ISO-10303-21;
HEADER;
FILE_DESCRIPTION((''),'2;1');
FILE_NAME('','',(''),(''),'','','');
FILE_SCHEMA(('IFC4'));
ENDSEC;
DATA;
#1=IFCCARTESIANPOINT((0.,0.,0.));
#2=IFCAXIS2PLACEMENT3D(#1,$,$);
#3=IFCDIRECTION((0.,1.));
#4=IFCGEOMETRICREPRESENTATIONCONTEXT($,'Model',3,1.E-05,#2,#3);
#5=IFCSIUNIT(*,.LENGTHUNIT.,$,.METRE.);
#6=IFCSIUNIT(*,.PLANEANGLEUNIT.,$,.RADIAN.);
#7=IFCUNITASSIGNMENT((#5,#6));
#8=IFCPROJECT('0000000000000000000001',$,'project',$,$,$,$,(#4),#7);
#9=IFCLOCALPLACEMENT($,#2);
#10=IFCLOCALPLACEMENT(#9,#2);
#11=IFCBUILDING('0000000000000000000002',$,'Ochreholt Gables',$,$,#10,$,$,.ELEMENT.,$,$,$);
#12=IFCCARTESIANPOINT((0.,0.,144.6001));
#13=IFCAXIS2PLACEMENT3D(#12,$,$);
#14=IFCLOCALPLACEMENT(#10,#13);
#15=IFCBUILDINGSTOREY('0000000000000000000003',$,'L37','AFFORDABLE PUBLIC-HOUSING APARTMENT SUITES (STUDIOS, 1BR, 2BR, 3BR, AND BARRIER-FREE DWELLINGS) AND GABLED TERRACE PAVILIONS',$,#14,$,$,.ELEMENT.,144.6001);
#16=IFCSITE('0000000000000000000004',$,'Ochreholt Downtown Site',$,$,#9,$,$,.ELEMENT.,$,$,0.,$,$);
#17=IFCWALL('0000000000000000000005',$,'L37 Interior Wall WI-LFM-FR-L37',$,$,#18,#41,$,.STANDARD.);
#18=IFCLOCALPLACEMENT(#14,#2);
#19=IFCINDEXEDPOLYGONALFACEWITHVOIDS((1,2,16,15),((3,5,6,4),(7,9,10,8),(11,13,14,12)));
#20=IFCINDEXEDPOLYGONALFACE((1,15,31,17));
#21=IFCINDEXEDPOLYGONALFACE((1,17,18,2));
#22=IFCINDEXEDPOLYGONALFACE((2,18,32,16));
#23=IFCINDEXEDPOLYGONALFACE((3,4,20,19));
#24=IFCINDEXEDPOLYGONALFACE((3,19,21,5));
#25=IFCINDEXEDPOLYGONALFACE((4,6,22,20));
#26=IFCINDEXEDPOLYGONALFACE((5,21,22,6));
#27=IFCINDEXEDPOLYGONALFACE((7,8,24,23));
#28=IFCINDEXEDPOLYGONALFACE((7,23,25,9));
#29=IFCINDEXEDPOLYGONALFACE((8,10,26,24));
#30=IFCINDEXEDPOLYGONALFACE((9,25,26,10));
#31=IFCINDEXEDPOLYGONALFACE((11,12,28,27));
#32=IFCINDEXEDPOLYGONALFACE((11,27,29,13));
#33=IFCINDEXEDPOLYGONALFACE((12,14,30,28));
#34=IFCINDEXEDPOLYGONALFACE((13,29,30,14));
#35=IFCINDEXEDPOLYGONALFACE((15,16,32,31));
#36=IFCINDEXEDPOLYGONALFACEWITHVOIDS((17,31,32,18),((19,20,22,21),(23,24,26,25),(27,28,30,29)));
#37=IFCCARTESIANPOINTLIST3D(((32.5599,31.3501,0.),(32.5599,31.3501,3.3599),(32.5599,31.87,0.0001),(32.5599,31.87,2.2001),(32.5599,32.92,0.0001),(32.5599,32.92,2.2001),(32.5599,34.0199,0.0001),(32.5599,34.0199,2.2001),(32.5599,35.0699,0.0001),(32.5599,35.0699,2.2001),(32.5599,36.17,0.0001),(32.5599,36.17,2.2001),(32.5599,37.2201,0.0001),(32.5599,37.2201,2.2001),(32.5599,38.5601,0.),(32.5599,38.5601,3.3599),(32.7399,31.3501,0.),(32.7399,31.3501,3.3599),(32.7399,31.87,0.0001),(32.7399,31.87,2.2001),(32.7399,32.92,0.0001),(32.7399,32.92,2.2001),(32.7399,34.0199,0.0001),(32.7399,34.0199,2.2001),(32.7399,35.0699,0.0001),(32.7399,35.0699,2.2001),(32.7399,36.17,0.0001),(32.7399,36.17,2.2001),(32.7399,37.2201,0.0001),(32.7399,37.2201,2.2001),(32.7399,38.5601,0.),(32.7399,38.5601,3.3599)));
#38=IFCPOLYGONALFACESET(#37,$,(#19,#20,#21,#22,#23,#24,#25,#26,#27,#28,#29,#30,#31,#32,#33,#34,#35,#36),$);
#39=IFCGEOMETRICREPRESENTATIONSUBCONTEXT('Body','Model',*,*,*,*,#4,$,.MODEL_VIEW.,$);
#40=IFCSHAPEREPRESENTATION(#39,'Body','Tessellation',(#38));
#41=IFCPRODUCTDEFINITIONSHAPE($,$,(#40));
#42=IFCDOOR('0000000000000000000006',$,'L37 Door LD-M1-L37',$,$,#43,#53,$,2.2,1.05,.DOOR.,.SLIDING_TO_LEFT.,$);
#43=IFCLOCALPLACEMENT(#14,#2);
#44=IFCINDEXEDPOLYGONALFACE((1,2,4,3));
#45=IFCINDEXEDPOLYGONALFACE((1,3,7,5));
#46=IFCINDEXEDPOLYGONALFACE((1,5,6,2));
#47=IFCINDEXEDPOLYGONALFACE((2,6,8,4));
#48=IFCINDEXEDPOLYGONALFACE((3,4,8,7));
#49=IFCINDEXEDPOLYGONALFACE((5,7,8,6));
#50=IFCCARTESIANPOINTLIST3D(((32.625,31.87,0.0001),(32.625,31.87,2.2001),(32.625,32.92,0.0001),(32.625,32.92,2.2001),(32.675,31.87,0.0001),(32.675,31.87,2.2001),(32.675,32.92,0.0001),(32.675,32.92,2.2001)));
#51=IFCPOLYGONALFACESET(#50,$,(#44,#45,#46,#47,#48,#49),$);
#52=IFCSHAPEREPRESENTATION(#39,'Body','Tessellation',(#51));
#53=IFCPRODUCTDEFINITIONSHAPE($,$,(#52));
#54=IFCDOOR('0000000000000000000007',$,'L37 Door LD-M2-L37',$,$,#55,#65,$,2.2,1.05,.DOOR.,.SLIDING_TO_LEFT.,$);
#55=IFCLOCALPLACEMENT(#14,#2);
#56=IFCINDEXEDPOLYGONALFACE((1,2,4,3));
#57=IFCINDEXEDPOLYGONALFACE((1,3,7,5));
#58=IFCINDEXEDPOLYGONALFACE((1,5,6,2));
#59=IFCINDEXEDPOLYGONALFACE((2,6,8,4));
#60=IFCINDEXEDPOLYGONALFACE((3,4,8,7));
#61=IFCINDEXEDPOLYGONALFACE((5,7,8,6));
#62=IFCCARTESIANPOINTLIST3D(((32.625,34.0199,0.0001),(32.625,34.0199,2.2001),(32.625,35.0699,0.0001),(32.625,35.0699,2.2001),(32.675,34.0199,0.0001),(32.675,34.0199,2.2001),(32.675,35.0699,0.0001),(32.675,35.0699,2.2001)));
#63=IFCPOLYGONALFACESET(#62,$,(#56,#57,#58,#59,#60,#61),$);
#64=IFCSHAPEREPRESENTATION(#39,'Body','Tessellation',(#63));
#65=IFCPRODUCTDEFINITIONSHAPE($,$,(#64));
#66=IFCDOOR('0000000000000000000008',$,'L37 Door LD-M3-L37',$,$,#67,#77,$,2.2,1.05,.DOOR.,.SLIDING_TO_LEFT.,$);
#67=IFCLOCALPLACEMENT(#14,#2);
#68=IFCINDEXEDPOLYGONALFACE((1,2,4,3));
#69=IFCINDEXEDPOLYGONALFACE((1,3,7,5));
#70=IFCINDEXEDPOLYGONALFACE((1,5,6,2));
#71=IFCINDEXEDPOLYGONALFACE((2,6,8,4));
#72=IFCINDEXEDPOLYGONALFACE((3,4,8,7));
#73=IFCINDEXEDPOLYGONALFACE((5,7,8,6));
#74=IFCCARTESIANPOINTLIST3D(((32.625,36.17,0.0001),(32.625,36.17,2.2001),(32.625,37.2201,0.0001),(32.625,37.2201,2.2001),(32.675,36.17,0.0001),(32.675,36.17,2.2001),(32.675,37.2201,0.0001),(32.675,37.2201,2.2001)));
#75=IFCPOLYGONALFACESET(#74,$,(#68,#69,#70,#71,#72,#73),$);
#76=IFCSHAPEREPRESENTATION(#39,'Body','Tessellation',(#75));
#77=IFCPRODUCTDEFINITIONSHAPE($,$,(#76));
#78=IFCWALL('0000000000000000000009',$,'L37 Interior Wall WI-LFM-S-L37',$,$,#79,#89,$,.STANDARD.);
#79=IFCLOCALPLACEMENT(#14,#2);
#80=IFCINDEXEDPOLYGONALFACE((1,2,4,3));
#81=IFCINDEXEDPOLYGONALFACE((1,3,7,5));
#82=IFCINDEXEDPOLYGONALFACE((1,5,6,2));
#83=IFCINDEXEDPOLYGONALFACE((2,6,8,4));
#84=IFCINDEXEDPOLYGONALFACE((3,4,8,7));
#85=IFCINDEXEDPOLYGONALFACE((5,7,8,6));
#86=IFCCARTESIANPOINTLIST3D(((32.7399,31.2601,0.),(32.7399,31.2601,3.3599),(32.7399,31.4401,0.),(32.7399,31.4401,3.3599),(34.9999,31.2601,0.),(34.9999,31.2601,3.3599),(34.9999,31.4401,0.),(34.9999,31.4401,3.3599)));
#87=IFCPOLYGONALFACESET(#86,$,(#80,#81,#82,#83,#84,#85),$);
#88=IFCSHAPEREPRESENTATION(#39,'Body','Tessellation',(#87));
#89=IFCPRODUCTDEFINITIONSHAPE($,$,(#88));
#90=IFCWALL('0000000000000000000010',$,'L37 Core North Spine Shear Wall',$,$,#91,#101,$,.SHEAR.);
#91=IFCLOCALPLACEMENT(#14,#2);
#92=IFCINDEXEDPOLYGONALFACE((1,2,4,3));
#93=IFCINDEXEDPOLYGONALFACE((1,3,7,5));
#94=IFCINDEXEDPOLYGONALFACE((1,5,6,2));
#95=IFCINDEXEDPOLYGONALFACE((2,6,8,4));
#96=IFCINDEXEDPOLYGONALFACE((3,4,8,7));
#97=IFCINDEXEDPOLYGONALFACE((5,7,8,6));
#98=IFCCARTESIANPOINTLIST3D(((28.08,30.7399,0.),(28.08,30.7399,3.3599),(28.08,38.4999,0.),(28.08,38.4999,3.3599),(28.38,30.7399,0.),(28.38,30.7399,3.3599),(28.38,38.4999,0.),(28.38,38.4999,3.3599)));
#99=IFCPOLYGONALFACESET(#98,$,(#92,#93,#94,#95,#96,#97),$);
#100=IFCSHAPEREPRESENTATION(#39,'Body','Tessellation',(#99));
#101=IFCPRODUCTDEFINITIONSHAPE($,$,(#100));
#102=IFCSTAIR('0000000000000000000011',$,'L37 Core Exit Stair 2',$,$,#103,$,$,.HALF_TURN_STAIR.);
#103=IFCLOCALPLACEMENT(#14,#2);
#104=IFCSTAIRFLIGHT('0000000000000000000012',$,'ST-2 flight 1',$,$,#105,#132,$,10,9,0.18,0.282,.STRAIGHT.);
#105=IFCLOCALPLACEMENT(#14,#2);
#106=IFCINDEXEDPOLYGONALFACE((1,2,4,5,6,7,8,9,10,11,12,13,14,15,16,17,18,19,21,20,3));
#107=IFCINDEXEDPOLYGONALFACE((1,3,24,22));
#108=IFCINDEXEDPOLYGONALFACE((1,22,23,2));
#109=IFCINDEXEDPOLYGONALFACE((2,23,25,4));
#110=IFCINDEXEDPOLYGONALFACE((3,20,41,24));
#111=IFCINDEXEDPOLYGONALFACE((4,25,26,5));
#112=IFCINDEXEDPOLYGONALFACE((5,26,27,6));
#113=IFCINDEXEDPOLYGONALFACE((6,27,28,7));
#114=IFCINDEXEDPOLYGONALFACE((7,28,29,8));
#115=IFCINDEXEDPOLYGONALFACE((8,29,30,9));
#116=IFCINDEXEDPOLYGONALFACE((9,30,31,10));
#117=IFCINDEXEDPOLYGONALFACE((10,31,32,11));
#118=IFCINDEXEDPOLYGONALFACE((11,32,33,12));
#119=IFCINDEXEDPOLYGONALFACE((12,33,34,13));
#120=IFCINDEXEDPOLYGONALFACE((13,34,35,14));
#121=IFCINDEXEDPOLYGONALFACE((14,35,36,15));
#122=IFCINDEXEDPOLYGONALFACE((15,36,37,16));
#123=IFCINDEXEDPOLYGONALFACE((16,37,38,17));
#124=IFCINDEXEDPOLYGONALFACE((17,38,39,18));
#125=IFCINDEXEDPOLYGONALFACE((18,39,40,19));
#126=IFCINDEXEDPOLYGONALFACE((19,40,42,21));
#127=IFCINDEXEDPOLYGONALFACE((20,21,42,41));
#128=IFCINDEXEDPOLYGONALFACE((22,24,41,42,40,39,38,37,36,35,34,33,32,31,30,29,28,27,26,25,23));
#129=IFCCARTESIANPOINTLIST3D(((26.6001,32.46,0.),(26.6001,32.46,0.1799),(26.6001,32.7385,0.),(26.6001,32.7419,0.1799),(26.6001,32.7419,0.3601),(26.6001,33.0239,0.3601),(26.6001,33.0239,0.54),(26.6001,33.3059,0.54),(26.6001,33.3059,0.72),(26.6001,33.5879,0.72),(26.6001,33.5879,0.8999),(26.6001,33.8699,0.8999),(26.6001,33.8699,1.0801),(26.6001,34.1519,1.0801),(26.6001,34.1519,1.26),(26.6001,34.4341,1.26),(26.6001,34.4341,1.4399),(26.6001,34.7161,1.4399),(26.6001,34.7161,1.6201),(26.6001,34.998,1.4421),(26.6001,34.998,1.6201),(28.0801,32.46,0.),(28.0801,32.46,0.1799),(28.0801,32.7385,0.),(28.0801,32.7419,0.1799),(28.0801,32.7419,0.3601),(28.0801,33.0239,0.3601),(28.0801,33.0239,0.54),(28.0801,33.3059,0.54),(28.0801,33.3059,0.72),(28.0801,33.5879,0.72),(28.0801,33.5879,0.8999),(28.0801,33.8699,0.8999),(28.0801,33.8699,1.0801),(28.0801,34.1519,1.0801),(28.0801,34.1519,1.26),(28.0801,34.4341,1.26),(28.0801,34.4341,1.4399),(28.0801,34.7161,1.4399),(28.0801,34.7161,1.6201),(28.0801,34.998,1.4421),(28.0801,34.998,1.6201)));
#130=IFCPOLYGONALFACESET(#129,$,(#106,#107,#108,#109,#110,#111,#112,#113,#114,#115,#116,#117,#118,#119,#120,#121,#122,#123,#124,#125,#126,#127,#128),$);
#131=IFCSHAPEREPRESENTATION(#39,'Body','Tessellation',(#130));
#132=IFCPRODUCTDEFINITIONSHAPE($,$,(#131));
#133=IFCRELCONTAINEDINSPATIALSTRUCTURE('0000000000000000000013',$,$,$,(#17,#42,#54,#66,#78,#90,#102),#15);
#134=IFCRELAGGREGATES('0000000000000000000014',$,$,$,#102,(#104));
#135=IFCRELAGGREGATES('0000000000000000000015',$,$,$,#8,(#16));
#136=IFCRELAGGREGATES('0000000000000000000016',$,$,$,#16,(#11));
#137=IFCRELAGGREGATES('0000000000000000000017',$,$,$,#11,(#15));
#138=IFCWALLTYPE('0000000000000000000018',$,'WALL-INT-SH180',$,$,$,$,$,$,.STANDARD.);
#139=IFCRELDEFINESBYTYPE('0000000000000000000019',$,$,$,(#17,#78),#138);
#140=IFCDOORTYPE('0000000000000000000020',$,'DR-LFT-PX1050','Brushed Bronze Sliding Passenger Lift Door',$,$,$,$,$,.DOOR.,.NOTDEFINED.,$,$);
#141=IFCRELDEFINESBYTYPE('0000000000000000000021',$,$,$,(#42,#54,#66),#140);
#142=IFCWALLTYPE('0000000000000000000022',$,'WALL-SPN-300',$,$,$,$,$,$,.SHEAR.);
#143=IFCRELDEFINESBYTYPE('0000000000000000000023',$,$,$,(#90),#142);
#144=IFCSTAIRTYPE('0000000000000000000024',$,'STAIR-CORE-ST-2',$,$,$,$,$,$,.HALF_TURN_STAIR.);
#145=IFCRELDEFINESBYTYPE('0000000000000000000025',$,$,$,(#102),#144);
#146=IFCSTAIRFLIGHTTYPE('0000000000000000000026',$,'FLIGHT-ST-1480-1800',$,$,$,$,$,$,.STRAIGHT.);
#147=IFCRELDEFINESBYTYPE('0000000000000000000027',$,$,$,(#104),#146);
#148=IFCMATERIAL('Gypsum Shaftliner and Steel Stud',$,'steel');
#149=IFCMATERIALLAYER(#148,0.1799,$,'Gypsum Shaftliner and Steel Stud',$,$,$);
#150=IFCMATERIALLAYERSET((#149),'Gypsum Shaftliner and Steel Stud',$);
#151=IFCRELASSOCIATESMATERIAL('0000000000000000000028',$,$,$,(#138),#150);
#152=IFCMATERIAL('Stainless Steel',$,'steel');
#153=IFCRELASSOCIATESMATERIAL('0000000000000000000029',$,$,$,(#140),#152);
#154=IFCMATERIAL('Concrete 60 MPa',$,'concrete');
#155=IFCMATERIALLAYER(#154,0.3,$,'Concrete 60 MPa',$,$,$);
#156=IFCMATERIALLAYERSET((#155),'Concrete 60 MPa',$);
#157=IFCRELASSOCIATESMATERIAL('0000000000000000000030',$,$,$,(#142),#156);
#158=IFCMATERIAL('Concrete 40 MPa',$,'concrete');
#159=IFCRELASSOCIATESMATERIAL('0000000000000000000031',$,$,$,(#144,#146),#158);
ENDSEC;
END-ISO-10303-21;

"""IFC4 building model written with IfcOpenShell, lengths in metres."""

from ifc_helpers import new_model, si_unit, direction, frame, frame_2d, origin, place, context, subcontext, project, spatial, polyline, rectangle, outline, extrude, material, layer, layer_set, type_object, element, fill, aggregate, save


model = new_model("IFC4")

# Units and contexts
model_context = context("Model", 3, precision=1e-05, world=origin(), true_north=direction((0.0, 1.0)))
body_context = subcontext(model_context, "Body", "Model", "MODEL_VIEW")
ifc_project = project(units=[si_unit("LENGTHUNIT", "METRE"), si_unit("PLANEANGLEUNIT", "RADIAN")], contexts=[model_context])

# Site, building, storey
site_placement = place(None, origin())
site = spatial("IfcSite", under=ifc_project, at=site_placement, Name="Ochreholt Downtown Site", CompositionType="ELEMENT", RefElevation=0.0)
building_placement = place(site_placement, origin())
building = spatial("IfcBuilding", under=site, at=building_placement, Name="Ochreholt Gables", CompositionType="ELEMENT")
storey_placement = place(building_placement, frame((0.0, 0.0, 144.6001)))
storey = spatial("IfcBuildingStorey", under=building, at=storey_placement, Name="L37", Description="AFFORDABLE PUBLIC-HOUSING APARTMENT SUITES (STUDIOS, 1BR, 2BR, 3BR, AND BARRIER-FREE DWELLINGS) AND GABLED TERRACE PAVILIONS", CompositionType="ELEMENT", Elevation=144.6001)

# Shared definitions
ifc_material_1 = material(Name="Concrete 40 MPa", Category="concrete")

# Shared definitions
ifc_material_2 = material(Name="Gypsum Shaftliner and Steel Stud", Category="steel")
ifc_layer_1 = layer(ifc_material_2, 0.1799, Name="Gypsum Shaftliner and Steel Stud")
ifc_layer_set_1 = layer_set([ifc_layer_1], Name="Gypsum Shaftliner and Steel Stud")
wall_type_1 = type_object("IfcWallType", Name="WALL-INT-SH180", PredefinedType="STANDARD", material=ifc_layer_set_1)

# Wall, openings, doors
wall_1_placement = place(storey_placement, frame((32.6499, 31.3501, 0.0), z_axis=(0.0, 0.0, 1.0), x_axis=(0.0, 1.0, 0.0)))
wall_1 = element("IfcWall", 1, at=wall_1_placement, inside=storey, type_object=wall_type_1, Name="L37 Interior Wall WI-LFM-FR-L37", PredefinedType="STANDARD", context=body_context, shape_type="SweptSolid", body=[
    extrude(rectangle(XDim=7.21, YDim=0.1799, at=frame_2d((3.605, 0.0))), origin(), (0.0, 0.0, 1.0), 3.3599),
])
opening_1_placement = place(wall_1_placement, frame((0.52, 0.0, 0.0)))
opening_1 = element("IfcOpeningElement", 2, at=opening_1_placement, cuts=wall_1, PredefinedType="OPENING", context=body_context, shape_type="SweptSolid", body=[
    extrude(rectangle(XDim=1.05, YDim=2.2, at=frame_2d((0.5249, 1.1001))), frame((0.0, 0.0999, 0.0), z_axis=(0.0, -1.0, 0.0), x_axis=(1.0, 0.0, 0.0)), (0.0, 0.0, 1.0), 0.2),
])
opening_2_placement = place(wall_1_placement, frame((2.6699, 0.0, 0.0)))
opening_2 = element("IfcOpeningElement", 3, at=opening_2_placement, cuts=wall_1, PredefinedType="OPENING", context=body_context, shape_type="SweptSolid", body=[
    extrude(rectangle(XDim=1.05, YDim=2.2, at=frame_2d((0.5249, 1.1001))), frame((0.0, 0.0999, 0.0), z_axis=(0.0, -1.0, 0.0), x_axis=(1.0, 0.0, 0.0)), (0.0, 0.0, 1.0), 0.2),
])
opening_3_placement = place(wall_1_placement, frame((4.8201, 0.0, 0.0)))
opening_3 = element("IfcOpeningElement", 4, at=opening_3_placement, cuts=wall_1, PredefinedType="OPENING", context=body_context, shape_type="SweptSolid", body=[
    extrude(rectangle(XDim=1.05, YDim=2.2, at=frame_2d((0.5249, 1.1001))), frame((0.0, 0.0999, 0.0), z_axis=(0.0, -1.0, 0.0), x_axis=(1.0, 0.0, 0.0)), (0.0, 0.0, 1.0), 0.2),
])
ifc_material_3 = material(Name="Stainless Steel", Category="steel")
door_type_1 = type_object("IfcDoorType", Name="DR-LFT-PX1050", Description="Brushed Bronze Sliding Passenger Lift Door", OperationType="NOTDEFINED", PredefinedType="DOOR", material=ifc_material_3)
door_1_placement = place(opening_1_placement, origin())
door_1 = element("IfcDoor", 5, at=door_1_placement, inside=storey, type_object=door_type_1, Name="L37 Door LD-M1-L37", OperationType="SLIDING_TO_LEFT", OverallHeight=2.2, OverallWidth=1.05, PredefinedType="DOOR", context=body_context, shape_type="SweptSolid", body=[
    extrude(rectangle(XDim=1.05, YDim=2.2, at=frame_2d((0.5249, 1.1001))), frame((0.0, 0.0249, 0.0), z_axis=(0.0, -1.0, 0.0), x_axis=(1.0, 0.0, 0.0)), (0.0, 0.0, 1.0), 0.05),
])
fill(opening_1, door_1)
door_2_placement = place(opening_2_placement, origin())
door_2 = element("IfcDoor", 6, at=door_2_placement, inside=storey, type_object=door_type_1, Name="L37 Door LD-M2-L37", OperationType="SLIDING_TO_LEFT", OverallHeight=2.2, OverallWidth=1.05, PredefinedType="DOOR", context=body_context, shape_type="SweptSolid", body=[
    extrude(rectangle(XDim=1.05, YDim=2.2, at=frame_2d((0.5249, 1.1001))), frame((0.0, 0.0249, 0.0), z_axis=(0.0, -1.0, 0.0), x_axis=(1.0, 0.0, 0.0)), (0.0, 0.0, 1.0), 0.05),
])
fill(opening_2, door_2)
door_3_placement = place(opening_3_placement, origin())
door_3 = element("IfcDoor", 7, at=door_3_placement, inside=storey, type_object=door_type_1, Name="L37 Door LD-M3-L37", OperationType="SLIDING_TO_LEFT", OverallHeight=2.2, OverallWidth=1.05, PredefinedType="DOOR", context=body_context, shape_type="SweptSolid", body=[
    extrude(rectangle(XDim=1.05, YDim=2.2, at=frame_2d((0.5249, 1.1001))), frame((0.0, 0.0249, 0.0), z_axis=(0.0, -1.0, 0.0), x_axis=(1.0, 0.0, 0.0)), (0.0, 0.0, 1.0), 0.05),
])
fill(opening_3, door_3)

# Walls
wall_2_placement = place(storey_placement, frame((32.74, 31.3501, 0.0), z_axis=(0.0, 0.0, 1.0), x_axis=(1.0, 0.0, 0.0)))
element("IfcWall", 8, at=wall_2_placement, inside=storey, type_object=wall_type_1, Name="L37 Interior Wall WI-LFM-S-L37", PredefinedType="STANDARD", context=body_context, shape_type="SweptSolid", body=[
    extrude(rectangle(XDim=2.26, YDim=0.1799, at=frame_2d((1.1299, 0.0))), origin(), (0.0, 0.0, 1.0), 3.3599),
])
ifc_material_4 = material(Name="Concrete 60 MPa", Category="concrete")
ifc_layer_2 = layer(ifc_material_4, 0.3, Name="Concrete 60 MPa")
ifc_layer_set_2 = layer_set([ifc_layer_2], Name="Concrete 60 MPa")
wall_type_2 = type_object("IfcWallType", Name="WALL-SPN-300", PredefinedType="SHEAR", material=ifc_layer_set_2)
wall_3_placement = place(storey_placement, frame((28.23, 30.74, 0.0), z_axis=(0.0, 0.0, 1.0), x_axis=(0.0, 1.0, 0.0)))
element("IfcWall", 9, at=wall_3_placement, inside=storey, type_object=wall_type_2, Name="L37 Core North Spine Shear Wall", PredefinedType="SHEAR", context=body_context, shape_type="SweptSolid", body=[
    extrude(rectangle(XDim=7.76, YDim=0.3, at=frame_2d((3.8799, 0.0))), origin(), (0.0, 0.0, 1.0), 3.3599),
])

# Stair, stair flight
stair_type = type_object("IfcStairType", Name="STAIR-CORE-ST-2", PredefinedType="HALF_TURN_STAIR", material=ifc_material_1)
stair_placement = place(storey_placement, origin())
stair = element("IfcStair", 10, at=stair_placement, inside=storey, type_object=stair_type, Name="L37 Core Exit Stair 2", PredefinedType="HALF_TURN_STAIR")
stair_flight_type = type_object("IfcStairFlightType", Name="FLIGHT-ST-1480-1800", PredefinedType="STRAIGHT", material=ifc_material_1)
stair_flight_placement = place(storey_placement, frame((27.3401, 32.46, 0.0), z_axis=(0.0, 0.0, 1.0), x_axis=(0.0, 1.0, 0.0)))
stair_flight = element("IfcStairFlight", 11, at=stair_flight_placement, type_object=stair_flight_type, Name="ST-2 flight 1", NumberOfRisers=10, NumberOfTreads=9, PredefinedType="STRAIGHT", RiserHeight=0.18, TreadLength=0.282, context=body_context, shape_type="SweptSolid", body=[
    extrude(outline(polyline([(0.0, 0.0), (0.0, 0.1799), (0.282, 0.1799), (0.282, 0.3601), (0.564, 0.3601), (0.564, 0.54), (0.8459, 0.54), (0.8459, 0.72), (1.1279, 0.72), (1.1279, 0.8999), (1.4099, 0.8999), (1.4099, 1.0801), (1.6919, 1.0801), (1.6919, 1.26), (1.9741, 1.26), (1.9741, 1.4399), (2.2561, 1.4399), (2.2561, 1.6201), (2.5381, 1.6201), (2.5381, 1.8), (2.5381, 1.4421), (0.2786, 0.0), (0.0, 0.0)])), frame((0.0, 0.74, 0.0), z_axis=(0.0, -1.0, 0.0), x_axis=(1.0, 0.0, 0.0)), (0.0, 0.0, 1.0), 1.48),
])
aggregate(stair, [stair_flight])

save(model, "model.ifc")
